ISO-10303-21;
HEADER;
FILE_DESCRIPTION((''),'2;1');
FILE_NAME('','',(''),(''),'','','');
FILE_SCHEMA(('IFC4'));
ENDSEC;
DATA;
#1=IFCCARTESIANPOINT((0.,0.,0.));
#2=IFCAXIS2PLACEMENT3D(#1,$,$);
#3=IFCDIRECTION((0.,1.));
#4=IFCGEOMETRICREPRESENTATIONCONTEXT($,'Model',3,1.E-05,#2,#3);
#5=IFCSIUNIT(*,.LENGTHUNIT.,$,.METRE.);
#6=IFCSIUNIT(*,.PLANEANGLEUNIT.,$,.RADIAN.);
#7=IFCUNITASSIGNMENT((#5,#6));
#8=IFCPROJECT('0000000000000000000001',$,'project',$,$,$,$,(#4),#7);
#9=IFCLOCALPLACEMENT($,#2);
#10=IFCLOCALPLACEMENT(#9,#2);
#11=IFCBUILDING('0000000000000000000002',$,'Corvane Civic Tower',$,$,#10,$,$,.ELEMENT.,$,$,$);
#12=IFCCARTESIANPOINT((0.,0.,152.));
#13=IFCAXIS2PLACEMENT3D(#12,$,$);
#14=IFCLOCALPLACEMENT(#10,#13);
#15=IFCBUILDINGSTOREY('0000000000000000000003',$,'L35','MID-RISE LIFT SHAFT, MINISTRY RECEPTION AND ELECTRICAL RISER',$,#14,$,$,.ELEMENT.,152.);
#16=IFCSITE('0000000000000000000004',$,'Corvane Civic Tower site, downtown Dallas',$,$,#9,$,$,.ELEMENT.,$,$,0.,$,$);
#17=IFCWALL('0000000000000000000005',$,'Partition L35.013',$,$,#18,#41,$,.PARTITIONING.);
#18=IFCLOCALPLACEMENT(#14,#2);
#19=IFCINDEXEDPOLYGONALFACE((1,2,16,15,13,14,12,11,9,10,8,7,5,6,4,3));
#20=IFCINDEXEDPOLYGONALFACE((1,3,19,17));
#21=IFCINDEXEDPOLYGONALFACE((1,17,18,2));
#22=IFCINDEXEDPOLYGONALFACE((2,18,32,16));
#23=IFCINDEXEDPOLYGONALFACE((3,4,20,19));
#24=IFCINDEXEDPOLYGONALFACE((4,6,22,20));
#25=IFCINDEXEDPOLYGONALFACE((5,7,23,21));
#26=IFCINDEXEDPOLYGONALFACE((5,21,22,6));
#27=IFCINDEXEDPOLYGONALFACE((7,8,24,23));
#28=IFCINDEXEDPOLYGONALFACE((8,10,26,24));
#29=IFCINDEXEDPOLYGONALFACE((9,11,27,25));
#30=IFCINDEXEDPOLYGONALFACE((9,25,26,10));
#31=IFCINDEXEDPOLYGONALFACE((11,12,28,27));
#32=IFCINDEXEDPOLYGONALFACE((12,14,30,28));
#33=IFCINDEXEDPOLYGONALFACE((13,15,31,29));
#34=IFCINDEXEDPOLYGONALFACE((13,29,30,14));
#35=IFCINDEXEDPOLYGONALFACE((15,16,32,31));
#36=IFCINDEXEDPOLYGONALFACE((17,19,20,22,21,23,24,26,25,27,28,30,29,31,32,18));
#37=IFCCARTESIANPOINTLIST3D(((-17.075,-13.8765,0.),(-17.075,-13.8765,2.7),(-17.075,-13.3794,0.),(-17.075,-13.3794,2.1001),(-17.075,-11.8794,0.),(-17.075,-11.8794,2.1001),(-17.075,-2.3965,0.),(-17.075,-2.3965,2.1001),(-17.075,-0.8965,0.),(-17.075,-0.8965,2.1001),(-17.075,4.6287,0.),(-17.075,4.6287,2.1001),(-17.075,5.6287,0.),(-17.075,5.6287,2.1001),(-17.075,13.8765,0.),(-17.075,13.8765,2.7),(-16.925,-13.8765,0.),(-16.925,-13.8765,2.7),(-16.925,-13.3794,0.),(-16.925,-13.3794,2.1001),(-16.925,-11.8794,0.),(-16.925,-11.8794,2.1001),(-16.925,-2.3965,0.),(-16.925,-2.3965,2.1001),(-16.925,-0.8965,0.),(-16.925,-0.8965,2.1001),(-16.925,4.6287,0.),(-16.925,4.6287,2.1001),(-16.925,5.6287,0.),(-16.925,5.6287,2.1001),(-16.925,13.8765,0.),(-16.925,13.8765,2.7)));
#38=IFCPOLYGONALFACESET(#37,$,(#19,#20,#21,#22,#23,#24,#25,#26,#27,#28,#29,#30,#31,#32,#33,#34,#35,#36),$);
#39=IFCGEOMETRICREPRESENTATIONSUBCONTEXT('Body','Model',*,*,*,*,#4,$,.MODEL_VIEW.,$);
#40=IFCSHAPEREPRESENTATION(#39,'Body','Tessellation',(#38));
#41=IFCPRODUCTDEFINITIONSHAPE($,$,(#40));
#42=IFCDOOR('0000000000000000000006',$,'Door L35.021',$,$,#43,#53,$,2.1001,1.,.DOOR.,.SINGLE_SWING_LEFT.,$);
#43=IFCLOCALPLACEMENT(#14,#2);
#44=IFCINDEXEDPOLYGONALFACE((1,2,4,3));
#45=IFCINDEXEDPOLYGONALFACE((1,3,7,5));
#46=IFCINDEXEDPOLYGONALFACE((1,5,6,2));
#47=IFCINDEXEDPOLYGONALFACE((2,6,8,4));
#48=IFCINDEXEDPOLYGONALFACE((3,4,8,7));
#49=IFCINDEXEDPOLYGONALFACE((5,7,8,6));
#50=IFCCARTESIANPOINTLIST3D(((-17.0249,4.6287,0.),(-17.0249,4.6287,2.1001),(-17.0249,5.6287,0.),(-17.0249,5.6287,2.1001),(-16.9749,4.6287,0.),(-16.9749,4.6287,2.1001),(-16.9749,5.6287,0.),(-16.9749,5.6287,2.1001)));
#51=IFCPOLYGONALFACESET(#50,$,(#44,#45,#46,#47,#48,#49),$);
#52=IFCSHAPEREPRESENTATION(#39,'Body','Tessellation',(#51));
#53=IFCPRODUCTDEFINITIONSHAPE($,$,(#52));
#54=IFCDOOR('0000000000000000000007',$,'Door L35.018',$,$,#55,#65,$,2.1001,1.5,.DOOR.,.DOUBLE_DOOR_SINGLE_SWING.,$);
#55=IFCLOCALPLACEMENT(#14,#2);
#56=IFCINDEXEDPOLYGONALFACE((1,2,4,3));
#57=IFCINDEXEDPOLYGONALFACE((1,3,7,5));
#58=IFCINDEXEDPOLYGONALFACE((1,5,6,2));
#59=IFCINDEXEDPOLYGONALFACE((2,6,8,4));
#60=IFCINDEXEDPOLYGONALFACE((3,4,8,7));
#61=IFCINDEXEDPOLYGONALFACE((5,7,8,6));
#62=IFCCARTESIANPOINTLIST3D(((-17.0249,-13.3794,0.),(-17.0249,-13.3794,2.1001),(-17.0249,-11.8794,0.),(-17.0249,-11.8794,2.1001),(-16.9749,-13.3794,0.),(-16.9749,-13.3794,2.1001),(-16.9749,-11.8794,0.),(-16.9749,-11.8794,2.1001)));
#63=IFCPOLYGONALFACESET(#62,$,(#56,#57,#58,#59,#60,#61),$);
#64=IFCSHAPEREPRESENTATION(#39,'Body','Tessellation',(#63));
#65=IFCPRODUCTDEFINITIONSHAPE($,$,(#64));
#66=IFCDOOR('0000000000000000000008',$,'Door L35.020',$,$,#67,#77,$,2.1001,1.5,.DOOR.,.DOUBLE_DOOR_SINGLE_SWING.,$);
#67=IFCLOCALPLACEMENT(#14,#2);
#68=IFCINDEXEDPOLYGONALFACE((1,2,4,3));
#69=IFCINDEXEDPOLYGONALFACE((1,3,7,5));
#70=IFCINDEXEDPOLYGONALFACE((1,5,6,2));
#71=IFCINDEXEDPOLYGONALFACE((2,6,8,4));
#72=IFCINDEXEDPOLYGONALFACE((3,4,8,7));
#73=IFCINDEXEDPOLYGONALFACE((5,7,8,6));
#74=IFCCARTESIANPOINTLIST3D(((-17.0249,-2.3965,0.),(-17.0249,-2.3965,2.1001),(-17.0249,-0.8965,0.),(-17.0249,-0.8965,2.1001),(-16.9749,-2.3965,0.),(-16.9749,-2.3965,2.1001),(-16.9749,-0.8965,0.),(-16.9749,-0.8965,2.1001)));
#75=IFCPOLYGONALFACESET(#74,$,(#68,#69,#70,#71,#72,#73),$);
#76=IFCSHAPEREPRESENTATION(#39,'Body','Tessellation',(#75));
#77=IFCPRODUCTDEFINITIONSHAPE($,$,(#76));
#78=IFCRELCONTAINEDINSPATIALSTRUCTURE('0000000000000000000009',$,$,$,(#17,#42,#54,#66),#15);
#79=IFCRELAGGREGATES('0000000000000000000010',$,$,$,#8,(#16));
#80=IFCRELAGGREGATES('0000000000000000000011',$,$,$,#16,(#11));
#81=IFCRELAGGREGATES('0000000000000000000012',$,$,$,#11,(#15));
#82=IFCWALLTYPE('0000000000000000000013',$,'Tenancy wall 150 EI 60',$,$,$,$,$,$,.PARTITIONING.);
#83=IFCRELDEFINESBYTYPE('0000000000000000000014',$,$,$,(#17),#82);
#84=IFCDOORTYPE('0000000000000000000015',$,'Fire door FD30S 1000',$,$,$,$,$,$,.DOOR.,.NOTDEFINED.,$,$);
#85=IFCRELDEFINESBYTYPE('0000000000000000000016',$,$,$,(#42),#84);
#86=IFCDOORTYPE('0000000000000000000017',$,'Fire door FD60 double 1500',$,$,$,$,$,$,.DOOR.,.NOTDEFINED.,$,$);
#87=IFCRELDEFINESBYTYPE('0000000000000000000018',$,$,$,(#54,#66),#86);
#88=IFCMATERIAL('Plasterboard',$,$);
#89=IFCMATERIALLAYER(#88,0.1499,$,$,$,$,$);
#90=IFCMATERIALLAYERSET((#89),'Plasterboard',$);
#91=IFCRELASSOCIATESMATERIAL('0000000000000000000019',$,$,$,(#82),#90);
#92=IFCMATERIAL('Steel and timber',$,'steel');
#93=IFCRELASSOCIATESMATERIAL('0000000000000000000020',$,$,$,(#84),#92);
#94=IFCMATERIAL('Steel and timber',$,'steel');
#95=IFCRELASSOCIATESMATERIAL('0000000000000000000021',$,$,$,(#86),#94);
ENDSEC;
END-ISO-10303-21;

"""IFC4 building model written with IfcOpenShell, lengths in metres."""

from ifc_helpers import new_model, si_unit, direction, frame, frame_2d, origin, place, context, subcontext, project, spatial, rectangle, extrude, material, layer, layer_set, type_object, element, fill, save


model = new_model("IFC4")

# Units and contexts
model_context = context("Model", 3, precision=1e-05, world=origin(), true_north=direction((0.0, 1.0)))
body_context = subcontext(model_context, "Body", "Model", "MODEL_VIEW")
ifc_project = project(units=[si_unit("LENGTHUNIT", "METRE"), si_unit("PLANEANGLEUNIT", "RADIAN")], contexts=[model_context])

# Site, building, storey
site_placement = place(None, origin())
site = spatial("IfcSite", under=ifc_project, at=site_placement, Name="Corvane Civic Tower site, downtown Dallas", CompositionType="ELEMENT", RefElevation=0.0)
building_placement = place(site_placement, origin())
building = spatial("IfcBuilding", under=site, at=building_placement, Name="Corvane Civic Tower", CompositionType="ELEMENT")
storey_placement = place(building_placement, frame((0.0, 0.0, 152.0)))
storey = spatial("IfcBuildingStorey", under=building, at=storey_placement, Name="L35", Description="MID-RISE LIFT SHAFT, MINISTRY RECEPTION AND ELECTRICAL RISER", CompositionType="ELEMENT", Elevation=152.0)

# Wall, openings, doors
ifc_material_1 = material(Name="Plasterboard")
ifc_layer_1 = layer(ifc_material_1, 0.1499)
ifc_layer_set_1 = layer_set([ifc_layer_1], Name="Plasterboard")
wall_type_1 = type_object("IfcWallType", Name="Tenancy wall 150 EI 60", PredefinedType="PARTITIONING", material=ifc_layer_set_1)
wall_1_placement = place(storey_placement, frame((-17.0, -13.8765, 0.0), z_axis=(0.0, 0.0, 1.0), x_axis=(0.0, 1.0, 0.0)))
wall_1 = element("IfcWall", 1, at=wall_1_placement, inside=storey, type_object=wall_type_1, Name="Partition L35.013", PredefinedType="PARTITIONING", context=body_context, shape_type="SweptSolid", body=[
    extrude(rectangle(XDim=27.7529, YDim=0.1499, at=frame_2d((13.8765, 0.0))), origin(), (0.0, 0.0, 1.0), 2.7),
])
opening_1_placement = place(wall_1_placement, frame((0.4971, 0.0, 0.0)))
opening_1 = element("IfcOpeningElement", 2, at=opening_1_placement, cuts=wall_1, PredefinedType="OPENING", context=body_context, shape_type="SweptSolid", body=[
    extrude(rectangle(XDim=1.5, YDim=2.1001, at=frame_2d((0.75, 1.05))), frame((0.0, 0.085, 0.0), z_axis=(0.0, -1.0, 0.0), x_axis=(1.0, 0.0, 0.0)), (0.0, 0.0, 1.0), 0.1699),
])
opening_2_placement = place(wall_1_placement, frame((11.48, 0.0, 0.0)))
opening_2 = element("IfcOpeningElement", 3, at=opening_2_placement, cuts=wall_1, PredefinedType="OPENING", context=body_context, shape_type="SweptSolid", body=[
    extrude(rectangle(XDim=1.5, YDim=2.1001, at=frame_2d((0.75, 1.05))), frame((0.0, 0.085, 0.0), z_axis=(0.0, -1.0, 0.0), x_axis=(1.0, 0.0, 0.0)), (0.0, 0.0, 1.0), 0.1699),
])
opening_3_placement = place(wall_1_placement, frame((18.5051, 0.0, 0.0)))
opening_3 = element("IfcOpeningElement", 4, at=opening_3_placement, cuts=wall_1, PredefinedType="OPENING", context=body_context, shape_type="SweptSolid", body=[
    extrude(rectangle(XDim=1.0, YDim=2.1001, at=frame_2d((0.5, 1.05))), frame((0.0, 0.085, 0.0), z_axis=(0.0, -1.0, 0.0), x_axis=(1.0, 0.0, 0.0)), (0.0, 0.0, 1.0), 0.1699),
])
ifc_material_2 = material(Name="Steel and timber", Category="steel")
door_type_1 = type_object("IfcDoorType", Name="Fire door FD30S 1000", OperationType="NOTDEFINED", PredefinedType="DOOR", material=ifc_material_2)
door_1_placement = place(opening_3_placement, origin())
door_1 = element("IfcDoor", 5, at=door_1_placement, inside=storey, type_object=door_type_1, Name="Door L35.021", OperationType="SINGLE_SWING_LEFT", OverallHeight=2.1001, OverallWidth=1.0, PredefinedType="DOOR", context=body_context, shape_type="SweptSolid", body=[
    extrude(rectangle(XDim=1.0, YDim=2.1001, at=frame_2d((0.5, 1.05))), frame((0.0, 0.0249, 0.0), z_axis=(0.0, -1.0, 0.0), x_axis=(1.0, 0.0, 0.0)), (0.0, 0.0, 1.0), 0.05),
])
fill(opening_3, door_1)
ifc_material_3 = material(Name="Steel and timber", Category="steel")
door_type_2 = type_object("IfcDoorType", Name="Fire door FD60 double 1500", OperationType="NOTDEFINED", PredefinedType="DOOR", material=ifc_material_3)
door_2_placement = place(opening_1_placement, origin())
door_2 = element("IfcDoor", 6, at=door_2_placement, inside=storey, type_object=door_type_2, Name="Door L35.018", OperationType="DOUBLE_DOOR_SINGLE_SWING", OverallHeight=2.1001, OverallWidth=1.5, PredefinedType="DOOR", context=body_context, shape_type="SweptSolid", body=[
    extrude(rectangle(XDim=1.5, YDim=2.1001, at=frame_2d((0.75, 1.05))), frame((0.0, 0.0249, 0.0), z_axis=(0.0, -1.0, 0.0), x_axis=(1.0, 0.0, 0.0)), (0.0, 0.0, 1.0), 0.05),
])
fill(opening_1, door_2)
door_3_placement = place(opening_2_placement, origin())
door_3 = element("IfcDoor", 7, at=door_3_placement, inside=storey, type_object=door_type_2, Name="Door L35.020", OperationType="DOUBLE_DOOR_SINGLE_SWING", OverallHeight=2.1001, OverallWidth=1.5, PredefinedType="DOOR", context=body_context, shape_type="SweptSolid", body=[
    extrude(rectangle(XDim=1.5, YDim=2.1001, at=frame_2d((0.75, 1.05))), frame((0.0, 0.0249, 0.0), z_axis=(0.0, -1.0, 0.0), x_axis=(1.0, 0.0, 0.0)), (0.0, 0.0, 1.0), 0.05),
])
fill(opening_2, door_3)

save(model, "model.ifc")
